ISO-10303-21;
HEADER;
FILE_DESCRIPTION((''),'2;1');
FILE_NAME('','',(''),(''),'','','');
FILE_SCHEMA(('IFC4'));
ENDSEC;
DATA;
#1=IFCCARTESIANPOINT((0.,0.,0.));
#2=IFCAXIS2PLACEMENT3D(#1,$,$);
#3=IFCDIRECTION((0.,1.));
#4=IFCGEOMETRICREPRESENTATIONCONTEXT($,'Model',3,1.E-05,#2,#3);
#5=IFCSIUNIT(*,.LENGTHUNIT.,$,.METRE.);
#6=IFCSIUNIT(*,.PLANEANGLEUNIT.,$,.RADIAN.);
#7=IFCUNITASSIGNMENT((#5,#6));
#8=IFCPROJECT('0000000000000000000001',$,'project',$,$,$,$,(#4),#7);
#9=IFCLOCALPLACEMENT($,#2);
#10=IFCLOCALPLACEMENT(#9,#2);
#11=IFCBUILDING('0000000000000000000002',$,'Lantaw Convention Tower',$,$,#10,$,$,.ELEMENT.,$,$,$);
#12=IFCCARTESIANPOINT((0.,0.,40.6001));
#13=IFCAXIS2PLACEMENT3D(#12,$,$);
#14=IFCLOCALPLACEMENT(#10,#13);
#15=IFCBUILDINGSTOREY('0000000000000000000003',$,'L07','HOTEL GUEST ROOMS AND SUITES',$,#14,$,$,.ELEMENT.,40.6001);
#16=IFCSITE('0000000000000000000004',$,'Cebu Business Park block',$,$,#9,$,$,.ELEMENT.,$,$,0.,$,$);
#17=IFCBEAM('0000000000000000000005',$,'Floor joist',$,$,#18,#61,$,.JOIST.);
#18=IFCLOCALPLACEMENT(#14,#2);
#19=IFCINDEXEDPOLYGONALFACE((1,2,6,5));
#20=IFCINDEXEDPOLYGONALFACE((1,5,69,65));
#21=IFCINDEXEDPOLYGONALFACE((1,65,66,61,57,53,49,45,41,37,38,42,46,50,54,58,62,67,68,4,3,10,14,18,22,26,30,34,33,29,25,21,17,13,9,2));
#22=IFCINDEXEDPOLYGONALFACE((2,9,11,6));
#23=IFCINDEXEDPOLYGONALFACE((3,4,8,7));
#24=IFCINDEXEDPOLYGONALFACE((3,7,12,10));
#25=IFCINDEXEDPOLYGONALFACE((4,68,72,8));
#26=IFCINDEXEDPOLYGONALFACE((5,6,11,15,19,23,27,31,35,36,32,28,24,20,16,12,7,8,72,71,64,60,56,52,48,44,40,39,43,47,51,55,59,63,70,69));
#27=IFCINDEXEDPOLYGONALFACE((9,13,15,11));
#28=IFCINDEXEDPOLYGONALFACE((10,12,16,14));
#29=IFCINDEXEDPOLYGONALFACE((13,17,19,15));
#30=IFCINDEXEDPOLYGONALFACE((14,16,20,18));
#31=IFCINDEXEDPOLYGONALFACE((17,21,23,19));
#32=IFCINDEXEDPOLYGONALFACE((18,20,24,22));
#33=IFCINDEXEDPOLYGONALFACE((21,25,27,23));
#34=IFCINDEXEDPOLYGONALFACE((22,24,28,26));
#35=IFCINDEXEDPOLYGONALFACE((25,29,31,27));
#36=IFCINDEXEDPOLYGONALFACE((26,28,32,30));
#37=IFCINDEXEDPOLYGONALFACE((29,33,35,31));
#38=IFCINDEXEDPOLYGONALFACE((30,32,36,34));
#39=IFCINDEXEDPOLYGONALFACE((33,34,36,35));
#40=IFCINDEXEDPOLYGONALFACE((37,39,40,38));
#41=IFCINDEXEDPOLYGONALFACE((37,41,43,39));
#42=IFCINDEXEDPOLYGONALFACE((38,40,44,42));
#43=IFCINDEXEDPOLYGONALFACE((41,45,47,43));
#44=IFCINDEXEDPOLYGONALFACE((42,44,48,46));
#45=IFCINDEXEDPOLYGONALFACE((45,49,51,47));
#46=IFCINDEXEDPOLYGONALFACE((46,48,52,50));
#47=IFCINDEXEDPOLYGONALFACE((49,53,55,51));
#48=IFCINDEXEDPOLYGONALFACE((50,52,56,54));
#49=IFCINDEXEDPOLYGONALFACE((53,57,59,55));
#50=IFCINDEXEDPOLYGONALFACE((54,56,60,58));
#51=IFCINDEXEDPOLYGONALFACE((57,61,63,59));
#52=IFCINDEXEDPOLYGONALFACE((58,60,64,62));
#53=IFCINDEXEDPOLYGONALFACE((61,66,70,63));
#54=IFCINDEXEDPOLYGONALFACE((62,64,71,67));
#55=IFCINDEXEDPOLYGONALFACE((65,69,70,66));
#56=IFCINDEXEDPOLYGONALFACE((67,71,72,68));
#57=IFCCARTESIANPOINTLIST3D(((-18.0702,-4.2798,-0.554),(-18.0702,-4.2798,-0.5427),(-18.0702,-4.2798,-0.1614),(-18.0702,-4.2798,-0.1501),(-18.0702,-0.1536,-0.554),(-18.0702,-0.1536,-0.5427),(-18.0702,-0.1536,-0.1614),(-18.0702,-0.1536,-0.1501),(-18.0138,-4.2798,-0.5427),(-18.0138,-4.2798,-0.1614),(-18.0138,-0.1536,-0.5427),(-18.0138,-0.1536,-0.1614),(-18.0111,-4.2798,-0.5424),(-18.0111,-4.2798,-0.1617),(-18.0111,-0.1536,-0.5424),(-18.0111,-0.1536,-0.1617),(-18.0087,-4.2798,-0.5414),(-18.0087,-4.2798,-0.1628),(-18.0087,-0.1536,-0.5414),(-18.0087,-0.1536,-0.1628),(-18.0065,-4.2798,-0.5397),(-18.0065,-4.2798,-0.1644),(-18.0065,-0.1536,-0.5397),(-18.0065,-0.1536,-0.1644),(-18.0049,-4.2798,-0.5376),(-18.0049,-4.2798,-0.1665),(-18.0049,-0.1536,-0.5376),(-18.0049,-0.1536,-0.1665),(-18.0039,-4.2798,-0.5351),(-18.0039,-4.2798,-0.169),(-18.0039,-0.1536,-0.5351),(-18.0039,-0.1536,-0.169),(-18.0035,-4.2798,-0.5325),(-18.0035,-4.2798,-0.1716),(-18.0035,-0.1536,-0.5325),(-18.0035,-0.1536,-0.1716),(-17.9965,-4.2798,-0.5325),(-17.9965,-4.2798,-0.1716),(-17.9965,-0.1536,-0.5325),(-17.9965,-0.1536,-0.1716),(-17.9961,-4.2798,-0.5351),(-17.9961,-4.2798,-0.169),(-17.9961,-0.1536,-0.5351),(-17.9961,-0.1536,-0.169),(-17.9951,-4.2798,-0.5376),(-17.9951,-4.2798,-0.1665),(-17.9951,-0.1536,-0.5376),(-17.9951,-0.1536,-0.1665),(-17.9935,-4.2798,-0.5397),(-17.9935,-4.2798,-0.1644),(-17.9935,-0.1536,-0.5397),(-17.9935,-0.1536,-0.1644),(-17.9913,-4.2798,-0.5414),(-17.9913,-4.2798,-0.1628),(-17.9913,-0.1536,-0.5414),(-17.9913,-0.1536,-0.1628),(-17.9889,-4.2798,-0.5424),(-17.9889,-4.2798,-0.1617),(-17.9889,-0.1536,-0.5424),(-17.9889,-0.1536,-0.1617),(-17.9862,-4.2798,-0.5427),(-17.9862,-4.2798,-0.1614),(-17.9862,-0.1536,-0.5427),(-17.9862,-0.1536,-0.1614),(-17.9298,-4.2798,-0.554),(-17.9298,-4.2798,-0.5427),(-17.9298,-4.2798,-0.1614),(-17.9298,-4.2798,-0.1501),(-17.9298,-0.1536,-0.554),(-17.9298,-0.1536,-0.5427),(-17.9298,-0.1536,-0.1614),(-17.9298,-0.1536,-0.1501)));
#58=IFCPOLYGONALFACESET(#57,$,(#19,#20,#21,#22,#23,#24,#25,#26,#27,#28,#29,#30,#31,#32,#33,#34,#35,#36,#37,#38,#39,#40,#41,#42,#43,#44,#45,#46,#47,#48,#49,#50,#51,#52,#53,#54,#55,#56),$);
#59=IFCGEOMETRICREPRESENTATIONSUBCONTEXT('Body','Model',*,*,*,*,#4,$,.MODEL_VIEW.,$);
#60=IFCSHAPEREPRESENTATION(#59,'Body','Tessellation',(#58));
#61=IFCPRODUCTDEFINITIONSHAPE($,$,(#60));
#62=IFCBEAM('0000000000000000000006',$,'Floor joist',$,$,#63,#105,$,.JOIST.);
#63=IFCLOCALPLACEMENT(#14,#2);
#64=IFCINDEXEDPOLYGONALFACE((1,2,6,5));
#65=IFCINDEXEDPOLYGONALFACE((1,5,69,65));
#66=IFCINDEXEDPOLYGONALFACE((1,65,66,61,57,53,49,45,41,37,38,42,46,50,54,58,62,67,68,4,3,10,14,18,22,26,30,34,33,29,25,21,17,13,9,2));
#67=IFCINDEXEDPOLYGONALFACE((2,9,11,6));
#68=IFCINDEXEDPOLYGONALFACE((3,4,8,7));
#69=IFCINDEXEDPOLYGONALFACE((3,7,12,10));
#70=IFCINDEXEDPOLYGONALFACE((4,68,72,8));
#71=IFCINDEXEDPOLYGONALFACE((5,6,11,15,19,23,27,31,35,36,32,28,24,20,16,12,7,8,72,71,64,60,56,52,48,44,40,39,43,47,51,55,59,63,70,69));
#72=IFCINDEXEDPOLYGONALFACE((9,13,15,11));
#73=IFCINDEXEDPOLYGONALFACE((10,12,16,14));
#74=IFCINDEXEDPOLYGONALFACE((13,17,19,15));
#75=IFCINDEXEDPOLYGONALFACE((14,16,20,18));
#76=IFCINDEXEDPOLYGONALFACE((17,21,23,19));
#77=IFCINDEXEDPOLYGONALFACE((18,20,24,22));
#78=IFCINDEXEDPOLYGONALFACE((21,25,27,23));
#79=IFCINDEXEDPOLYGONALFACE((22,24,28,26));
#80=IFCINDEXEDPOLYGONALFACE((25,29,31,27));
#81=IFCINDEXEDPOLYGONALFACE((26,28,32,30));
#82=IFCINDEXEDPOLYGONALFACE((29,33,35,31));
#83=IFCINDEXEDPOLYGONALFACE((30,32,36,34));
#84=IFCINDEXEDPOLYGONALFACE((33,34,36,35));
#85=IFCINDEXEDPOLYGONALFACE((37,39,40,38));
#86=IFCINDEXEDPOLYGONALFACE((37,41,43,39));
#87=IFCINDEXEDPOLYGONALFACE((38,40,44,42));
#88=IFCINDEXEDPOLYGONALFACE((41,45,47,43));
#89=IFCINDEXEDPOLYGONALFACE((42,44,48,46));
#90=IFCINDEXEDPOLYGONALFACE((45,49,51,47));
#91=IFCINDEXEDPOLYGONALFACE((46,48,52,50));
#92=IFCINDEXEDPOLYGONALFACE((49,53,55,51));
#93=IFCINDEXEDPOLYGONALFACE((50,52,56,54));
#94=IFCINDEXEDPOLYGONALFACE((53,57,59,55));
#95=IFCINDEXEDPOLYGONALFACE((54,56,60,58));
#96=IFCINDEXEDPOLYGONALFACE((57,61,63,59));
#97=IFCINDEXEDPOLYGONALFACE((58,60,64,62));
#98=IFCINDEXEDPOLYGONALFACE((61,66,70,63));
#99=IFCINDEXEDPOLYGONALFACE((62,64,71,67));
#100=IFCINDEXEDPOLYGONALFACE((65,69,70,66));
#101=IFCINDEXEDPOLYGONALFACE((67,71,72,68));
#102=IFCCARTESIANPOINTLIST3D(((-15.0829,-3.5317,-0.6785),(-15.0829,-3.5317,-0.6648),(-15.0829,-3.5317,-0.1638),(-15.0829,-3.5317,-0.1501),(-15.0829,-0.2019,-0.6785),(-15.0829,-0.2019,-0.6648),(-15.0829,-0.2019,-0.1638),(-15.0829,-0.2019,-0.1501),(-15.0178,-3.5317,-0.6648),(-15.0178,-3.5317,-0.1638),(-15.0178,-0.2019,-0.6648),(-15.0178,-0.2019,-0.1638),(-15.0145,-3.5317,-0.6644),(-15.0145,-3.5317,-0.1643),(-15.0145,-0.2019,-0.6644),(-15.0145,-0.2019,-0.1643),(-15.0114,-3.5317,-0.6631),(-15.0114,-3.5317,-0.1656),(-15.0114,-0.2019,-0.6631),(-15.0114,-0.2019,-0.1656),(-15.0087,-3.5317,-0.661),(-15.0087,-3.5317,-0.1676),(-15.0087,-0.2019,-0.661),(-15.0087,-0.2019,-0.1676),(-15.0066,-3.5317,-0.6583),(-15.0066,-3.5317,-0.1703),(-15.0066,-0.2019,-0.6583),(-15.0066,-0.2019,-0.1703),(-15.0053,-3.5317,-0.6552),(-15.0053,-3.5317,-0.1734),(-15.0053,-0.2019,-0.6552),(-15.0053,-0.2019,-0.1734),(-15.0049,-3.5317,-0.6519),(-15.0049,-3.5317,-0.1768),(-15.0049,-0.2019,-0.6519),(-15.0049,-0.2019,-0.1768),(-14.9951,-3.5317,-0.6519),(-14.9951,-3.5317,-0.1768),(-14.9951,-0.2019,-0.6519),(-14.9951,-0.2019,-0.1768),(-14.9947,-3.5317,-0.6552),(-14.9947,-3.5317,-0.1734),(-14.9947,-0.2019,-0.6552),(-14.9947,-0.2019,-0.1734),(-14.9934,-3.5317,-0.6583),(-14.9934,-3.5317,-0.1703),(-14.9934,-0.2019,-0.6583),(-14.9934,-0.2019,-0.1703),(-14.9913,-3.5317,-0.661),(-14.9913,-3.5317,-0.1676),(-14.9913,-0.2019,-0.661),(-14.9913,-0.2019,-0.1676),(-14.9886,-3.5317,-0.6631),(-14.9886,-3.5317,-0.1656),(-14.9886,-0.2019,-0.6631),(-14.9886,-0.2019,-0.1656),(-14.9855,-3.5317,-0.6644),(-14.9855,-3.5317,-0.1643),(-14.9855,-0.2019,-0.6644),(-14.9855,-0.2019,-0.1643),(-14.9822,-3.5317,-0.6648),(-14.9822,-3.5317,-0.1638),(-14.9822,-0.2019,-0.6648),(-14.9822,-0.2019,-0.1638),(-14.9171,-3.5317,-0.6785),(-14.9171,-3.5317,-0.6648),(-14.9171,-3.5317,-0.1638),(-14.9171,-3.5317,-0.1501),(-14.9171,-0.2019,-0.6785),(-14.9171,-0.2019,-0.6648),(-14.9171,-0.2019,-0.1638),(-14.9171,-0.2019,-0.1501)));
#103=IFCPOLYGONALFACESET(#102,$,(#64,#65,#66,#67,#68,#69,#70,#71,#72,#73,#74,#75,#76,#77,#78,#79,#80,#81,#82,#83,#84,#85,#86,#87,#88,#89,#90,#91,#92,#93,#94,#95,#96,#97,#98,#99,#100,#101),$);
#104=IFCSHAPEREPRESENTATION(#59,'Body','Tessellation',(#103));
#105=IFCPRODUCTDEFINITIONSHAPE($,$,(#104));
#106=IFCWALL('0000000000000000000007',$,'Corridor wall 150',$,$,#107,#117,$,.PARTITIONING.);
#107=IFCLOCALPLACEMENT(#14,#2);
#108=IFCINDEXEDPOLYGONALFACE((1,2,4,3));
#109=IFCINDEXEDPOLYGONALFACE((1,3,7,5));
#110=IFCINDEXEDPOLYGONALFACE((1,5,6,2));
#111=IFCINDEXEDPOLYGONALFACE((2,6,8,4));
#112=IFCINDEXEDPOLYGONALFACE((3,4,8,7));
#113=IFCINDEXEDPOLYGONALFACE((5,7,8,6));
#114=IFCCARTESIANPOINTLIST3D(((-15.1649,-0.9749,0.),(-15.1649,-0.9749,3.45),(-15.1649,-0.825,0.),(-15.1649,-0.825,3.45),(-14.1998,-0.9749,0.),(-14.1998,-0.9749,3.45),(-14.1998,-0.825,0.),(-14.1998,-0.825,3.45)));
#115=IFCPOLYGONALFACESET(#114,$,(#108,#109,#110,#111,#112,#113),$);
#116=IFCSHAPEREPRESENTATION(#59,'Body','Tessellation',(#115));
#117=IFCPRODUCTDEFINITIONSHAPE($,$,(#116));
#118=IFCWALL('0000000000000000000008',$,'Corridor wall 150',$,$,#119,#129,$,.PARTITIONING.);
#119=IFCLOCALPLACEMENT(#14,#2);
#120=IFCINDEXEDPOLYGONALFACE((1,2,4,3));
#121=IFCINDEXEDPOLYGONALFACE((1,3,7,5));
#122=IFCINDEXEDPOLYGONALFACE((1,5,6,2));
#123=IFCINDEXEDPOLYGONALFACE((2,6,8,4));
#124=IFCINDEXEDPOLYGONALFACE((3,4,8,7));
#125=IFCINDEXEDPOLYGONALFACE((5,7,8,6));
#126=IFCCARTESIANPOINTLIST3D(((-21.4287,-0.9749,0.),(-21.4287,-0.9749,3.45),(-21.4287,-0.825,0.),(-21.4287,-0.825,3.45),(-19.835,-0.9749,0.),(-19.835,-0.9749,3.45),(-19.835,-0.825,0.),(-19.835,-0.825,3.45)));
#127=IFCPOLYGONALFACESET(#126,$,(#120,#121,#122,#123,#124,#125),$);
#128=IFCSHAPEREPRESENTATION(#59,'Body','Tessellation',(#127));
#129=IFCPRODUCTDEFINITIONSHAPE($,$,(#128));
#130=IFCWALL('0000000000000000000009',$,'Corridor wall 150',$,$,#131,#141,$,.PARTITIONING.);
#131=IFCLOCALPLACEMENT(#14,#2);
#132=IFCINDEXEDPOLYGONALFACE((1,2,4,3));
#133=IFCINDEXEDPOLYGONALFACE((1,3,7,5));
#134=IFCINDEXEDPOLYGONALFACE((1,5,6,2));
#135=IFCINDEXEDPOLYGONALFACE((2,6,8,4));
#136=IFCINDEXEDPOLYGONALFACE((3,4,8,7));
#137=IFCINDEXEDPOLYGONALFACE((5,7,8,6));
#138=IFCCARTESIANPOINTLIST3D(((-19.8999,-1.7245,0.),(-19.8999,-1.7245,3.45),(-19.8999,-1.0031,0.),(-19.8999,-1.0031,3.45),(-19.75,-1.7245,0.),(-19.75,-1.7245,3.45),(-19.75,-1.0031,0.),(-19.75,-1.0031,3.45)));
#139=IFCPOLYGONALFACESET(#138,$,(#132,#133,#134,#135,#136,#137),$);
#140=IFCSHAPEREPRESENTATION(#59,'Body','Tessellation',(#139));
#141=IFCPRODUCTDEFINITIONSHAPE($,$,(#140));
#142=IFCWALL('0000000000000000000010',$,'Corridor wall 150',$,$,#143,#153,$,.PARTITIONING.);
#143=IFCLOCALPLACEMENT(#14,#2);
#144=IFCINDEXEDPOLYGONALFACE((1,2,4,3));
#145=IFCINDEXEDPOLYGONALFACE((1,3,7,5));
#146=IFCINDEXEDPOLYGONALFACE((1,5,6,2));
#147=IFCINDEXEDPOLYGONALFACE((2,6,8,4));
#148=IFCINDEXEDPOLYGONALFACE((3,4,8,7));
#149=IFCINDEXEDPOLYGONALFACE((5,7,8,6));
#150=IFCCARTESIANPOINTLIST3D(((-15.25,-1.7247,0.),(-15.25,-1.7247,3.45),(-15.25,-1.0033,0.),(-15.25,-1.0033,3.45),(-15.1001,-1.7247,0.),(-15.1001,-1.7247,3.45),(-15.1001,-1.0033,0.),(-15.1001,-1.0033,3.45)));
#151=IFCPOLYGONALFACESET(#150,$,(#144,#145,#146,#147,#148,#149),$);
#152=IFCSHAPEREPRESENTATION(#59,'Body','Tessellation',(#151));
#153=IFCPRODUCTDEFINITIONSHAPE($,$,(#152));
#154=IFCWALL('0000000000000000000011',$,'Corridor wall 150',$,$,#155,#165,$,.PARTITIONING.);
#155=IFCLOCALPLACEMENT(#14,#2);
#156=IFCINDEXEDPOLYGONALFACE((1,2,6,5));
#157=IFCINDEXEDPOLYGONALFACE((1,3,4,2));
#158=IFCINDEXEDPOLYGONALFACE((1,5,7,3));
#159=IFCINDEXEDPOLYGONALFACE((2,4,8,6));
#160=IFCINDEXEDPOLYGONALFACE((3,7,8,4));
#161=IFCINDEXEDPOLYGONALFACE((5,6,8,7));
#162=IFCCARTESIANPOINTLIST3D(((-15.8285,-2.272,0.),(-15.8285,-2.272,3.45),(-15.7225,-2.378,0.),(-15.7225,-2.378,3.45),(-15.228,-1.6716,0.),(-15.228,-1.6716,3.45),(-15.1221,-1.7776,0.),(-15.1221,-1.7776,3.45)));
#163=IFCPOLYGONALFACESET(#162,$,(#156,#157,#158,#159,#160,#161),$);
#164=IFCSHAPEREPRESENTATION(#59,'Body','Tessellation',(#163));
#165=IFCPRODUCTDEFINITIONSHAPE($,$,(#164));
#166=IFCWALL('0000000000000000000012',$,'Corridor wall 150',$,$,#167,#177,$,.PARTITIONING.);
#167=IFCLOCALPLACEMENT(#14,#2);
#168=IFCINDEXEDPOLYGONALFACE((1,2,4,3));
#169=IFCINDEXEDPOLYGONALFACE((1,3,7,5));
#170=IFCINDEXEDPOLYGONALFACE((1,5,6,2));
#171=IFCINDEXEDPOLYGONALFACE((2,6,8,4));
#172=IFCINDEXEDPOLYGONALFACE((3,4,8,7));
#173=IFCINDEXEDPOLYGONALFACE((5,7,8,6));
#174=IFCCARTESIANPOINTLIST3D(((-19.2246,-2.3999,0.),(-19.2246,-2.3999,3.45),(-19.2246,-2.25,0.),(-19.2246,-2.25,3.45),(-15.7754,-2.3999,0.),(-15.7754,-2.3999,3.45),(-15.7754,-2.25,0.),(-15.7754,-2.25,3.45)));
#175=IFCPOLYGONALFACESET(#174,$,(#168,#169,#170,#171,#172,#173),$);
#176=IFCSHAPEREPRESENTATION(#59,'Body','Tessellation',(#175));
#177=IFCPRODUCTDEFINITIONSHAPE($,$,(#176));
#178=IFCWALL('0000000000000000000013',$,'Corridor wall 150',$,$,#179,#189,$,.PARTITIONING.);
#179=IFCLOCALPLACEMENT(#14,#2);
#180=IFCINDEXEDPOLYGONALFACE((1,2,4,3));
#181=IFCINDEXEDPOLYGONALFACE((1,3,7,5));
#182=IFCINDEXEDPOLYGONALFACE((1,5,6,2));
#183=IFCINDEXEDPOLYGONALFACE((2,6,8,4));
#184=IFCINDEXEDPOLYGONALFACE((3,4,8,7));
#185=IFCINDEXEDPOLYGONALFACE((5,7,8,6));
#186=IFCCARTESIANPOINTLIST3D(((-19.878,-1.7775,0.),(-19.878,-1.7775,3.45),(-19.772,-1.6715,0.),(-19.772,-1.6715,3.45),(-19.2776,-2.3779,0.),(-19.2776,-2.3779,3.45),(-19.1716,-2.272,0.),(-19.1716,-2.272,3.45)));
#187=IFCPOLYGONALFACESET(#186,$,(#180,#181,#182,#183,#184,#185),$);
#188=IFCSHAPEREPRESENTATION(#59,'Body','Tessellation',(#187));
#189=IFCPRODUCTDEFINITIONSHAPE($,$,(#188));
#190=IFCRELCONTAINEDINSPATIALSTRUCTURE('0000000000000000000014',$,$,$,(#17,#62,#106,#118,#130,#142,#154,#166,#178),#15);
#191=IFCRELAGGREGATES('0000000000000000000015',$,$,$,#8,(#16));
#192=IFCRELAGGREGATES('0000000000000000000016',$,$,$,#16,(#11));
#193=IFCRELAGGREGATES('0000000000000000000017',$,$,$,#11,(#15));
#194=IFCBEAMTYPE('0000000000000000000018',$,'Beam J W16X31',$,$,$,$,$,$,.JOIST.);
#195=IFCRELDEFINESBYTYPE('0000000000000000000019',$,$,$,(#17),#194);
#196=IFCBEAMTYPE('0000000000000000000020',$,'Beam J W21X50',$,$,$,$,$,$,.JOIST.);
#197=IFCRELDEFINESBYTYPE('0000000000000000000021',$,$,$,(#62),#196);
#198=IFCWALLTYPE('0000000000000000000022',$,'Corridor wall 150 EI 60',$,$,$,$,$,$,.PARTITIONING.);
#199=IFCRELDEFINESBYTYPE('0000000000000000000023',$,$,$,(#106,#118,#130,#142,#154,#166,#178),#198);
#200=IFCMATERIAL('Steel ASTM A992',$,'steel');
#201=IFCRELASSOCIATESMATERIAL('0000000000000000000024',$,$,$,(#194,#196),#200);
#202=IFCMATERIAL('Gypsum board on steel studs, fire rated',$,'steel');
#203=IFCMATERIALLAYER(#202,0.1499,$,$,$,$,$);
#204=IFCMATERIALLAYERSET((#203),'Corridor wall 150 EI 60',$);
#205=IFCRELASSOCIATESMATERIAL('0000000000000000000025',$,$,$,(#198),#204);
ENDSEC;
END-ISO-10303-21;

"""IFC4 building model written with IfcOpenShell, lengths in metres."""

from ifc_helpers import new_model, si_unit, direction, frame, frame_2d, origin, origin_2d, place, context, subcontext, project, spatial, rectangle, i_section, extrude, material, layer, layer_set, material_profile, profile_set, type_object, element, save


model = new_model("IFC4")

# Units and contexts
model_context = context("Model", 3, precision=1e-05, world=origin(), true_north=direction((0.0, 1.0)))
body_context = subcontext(model_context, "Body", "Model", "MODEL_VIEW")
ifc_project = project(units=[si_unit("LENGTHUNIT", "METRE"), si_unit("PLANEANGLEUNIT", "RADIAN")], contexts=[model_context])

# Site, building, storey
site_placement = place(None, origin())
site = spatial("IfcSite", under=ifc_project, at=site_placement, Name="Cebu Business Park block", CompositionType="ELEMENT", RefElevation=0.0)
building_placement = place(site_placement, origin())
building = spatial("IfcBuilding", under=site, at=building_placement, Name="Lantaw Convention Tower", CompositionType="ELEMENT")
storey_placement = place(building_placement, frame((0.0, 0.0, 40.6001)))
storey = spatial("IfcBuildingStorey", under=building, at=storey_placement, Name="L07", Description="HOTEL GUEST ROOMS AND SUITES", CompositionType="ELEMENT", Elevation=40.6001)

# Beams
ifc_material_1 = material(Name="Steel ASTM A992", Category="steel")
ifc_material_profile_1 = material_profile(ifc_material_1, i_section(OverallWidth=0.1404, OverallDepth=0.4038, WebThickness=0.0071, FlangeThickness=0.0112, FilletRadius=0.0103, at=origin_2d()), Name="W16X31")
ifc_profile_set_1 = profile_set([ifc_material_profile_1], Name="Steel ASTM A992")
beam_type_1 = type_object("IfcBeamType", Name="Beam J W16X31", PredefinedType="JOIST", material=ifc_profile_set_1)
beam_1_placement = place(storey_placement, frame((-18.0, -4.2798, -0.3521), z_axis=(0.0, 1.0, 0.0), x_axis=(-1.0, 0.0, 0.0)))
element("IfcBeam", 1, at=beam_1_placement, inside=storey, type_object=beam_type_1, Name="Floor joist", PredefinedType="JOIST", context=body_context, shape_type="SweptSolid", body=[
    extrude(i_section(OverallWidth=0.1404, OverallDepth=0.4038, WebThickness=0.0071, FlangeThickness=0.0112, FilletRadius=0.0103, at=origin_2d()), origin(), (0.0, 0.0, 1.0), 4.1262),
])
ifc_material_profile_2 = material_profile(ifc_material_1, i_section(OverallWidth=0.1658, OverallDepth=0.5283, WebThickness=0.0098, FlangeThickness=0.0137, FilletRadius=0.0129, at=origin_2d()), Name="W21X50")
ifc_profile_set_2 = profile_set([ifc_material_profile_2], Name="Steel ASTM A992")
beam_type_2 = type_object("IfcBeamType", Name="Beam J W21X50", PredefinedType="JOIST", material=ifc_profile_set_2)
beam_2_placement = place(storey_placement, frame((-15.0, -3.5317, -0.4143), z_axis=(0.0, 1.0, 0.0), x_axis=(-1.0, 0.0, 0.0)))
element("IfcBeam", 2, at=beam_2_placement, inside=storey, type_object=beam_type_2, Name="Floor joist", PredefinedType="JOIST", context=body_context, shape_type="SweptSolid", body=[
    extrude(i_section(OverallWidth=0.1658, OverallDepth=0.5283, WebThickness=0.0098, FlangeThickness=0.0137, FilletRadius=0.0129, at=origin_2d()), origin(), (0.0, 0.0, 1.0), 3.3298),
])

# Walls
ifc_material_2 = material(Name="Gypsum board on steel studs, fire rated", Category="steel")
ifc_layer = layer(ifc_material_2, 0.1499)
ifc_layer_set = layer_set([ifc_layer], Name="Corridor wall 150 EI 60")
wall_type = type_object("IfcWallType", Name="Corridor wall 150 EI 60", PredefinedType="PARTITIONING", material=ifc_layer_set)
wall_1_placement = place(storey_placement, frame((-14.2, -0.8999, 0.0), z_axis=(0.0, 0.0, 1.0), x_axis=(-1.0, 0.0, 0.0)))
element("IfcWall", 3, at=wall_1_placement, inside=storey, type_object=wall_type, Name="Corridor wall 150", PredefinedType="PARTITIONING", context=body_context, shape_type="SweptSolid", body=[
    extrude(rectangle(XDim=0.9651, YDim=0.1499, at=frame_2d((0.4824, 0.0))), origin(), (0.0, 0.0, 1.0), 3.45),
])
wall_2_placement = place(storey_placement, frame((-19.835, -0.8999, 0.0), z_axis=(0.0, 0.0, 1.0), x_axis=(-1.0, 0.0, 0.0)))
element("IfcWall", 4, at=wall_2_placement, inside=storey, type_object=wall_type, Name="Corridor wall 150", PredefinedType="PARTITIONING", context=body_context, shape_type="SweptSolid", body=[
    extrude(rectangle(XDim=1.5938, YDim=0.1499, at=frame_2d((0.7969, 0.0))), origin(), (0.0, 0.0, 1.0), 3.45),
])
for number, where, z_axis, x_axis, name in (
    (5, (-19.825, -1.7246, 0.0), (0.0, 0.0, 1.0), (0.0, 1.0, 0.0), "Corridor wall 150"),
    (6, (-15.175, -1.0032, 0.0), (0.0, 0.0, 1.0), (0.0, -1.0, 0.0), "Corridor wall 150"),
):
    element("IfcWall", number, at=place(storey_placement, frame(where, z_axis=z_axis, x_axis=x_axis)), inside=storey, type_object=wall_type, Name=name, PredefinedType="PARTITIONING", context=body_context, shape_type="SweptSolid", body=[
        extrude(rectangle(XDim=0.7214, YDim=0.1499, at=frame_2d((0.3608, 0.0))), origin(), (0.0, 0.0, 1.0), 3.45),
    ])
wall_3_placement = place(storey_placement, frame((-15.175, -1.7246, 0.0), z_axis=(0.0, 0.0, 1.0), x_axis=(-0.707107, -0.707107, 0.0)))
element("IfcWall", 7, at=wall_3_placement, inside=storey, type_object=wall_type, Name="Corridor wall 150", PredefinedType="PARTITIONING", context=body_context, shape_type="SweptSolid", body=[
    extrude(rectangle(XDim=0.8491, YDim=0.1499, at=frame_2d((0.4246, 0.0))), origin(), (0.0, 0.0, 1.0), 3.45),
])
wall_4_placement = place(storey_placement, frame((-15.7754, -2.325, 0.0), z_axis=(0.0, 0.0, 1.0), x_axis=(-1.0, 0.0, 0.0)))
element("IfcWall", 8, at=wall_4_placement, inside=storey, type_object=wall_type, Name="Corridor wall 150", PredefinedType="PARTITIONING", context=body_context, shape_type="SweptSolid", body=[
    extrude(rectangle(XDim=3.4492, YDim=0.1499, at=frame_2d((1.7246, 0.0))), origin(), (0.0, 0.0, 1.0), 3.45),
])
wall_5_placement = place(storey_placement, frame((-19.2246, -2.325, 0.0), z_axis=(0.0, 0.0, 1.0), x_axis=(-0.707107, 0.707107, 0.0)))
element("IfcWall", 9, at=wall_5_placement, inside=storey, type_object=wall_type, Name="Corridor wall 150", PredefinedType="PARTITIONING", context=body_context, shape_type="SweptSolid", body=[
    extrude(rectangle(XDim=0.8491, YDim=0.1499, at=frame_2d((0.4246, 0.0))), origin(), (0.0, 0.0, 1.0), 3.45),
])

save(model, "model.ifc")
